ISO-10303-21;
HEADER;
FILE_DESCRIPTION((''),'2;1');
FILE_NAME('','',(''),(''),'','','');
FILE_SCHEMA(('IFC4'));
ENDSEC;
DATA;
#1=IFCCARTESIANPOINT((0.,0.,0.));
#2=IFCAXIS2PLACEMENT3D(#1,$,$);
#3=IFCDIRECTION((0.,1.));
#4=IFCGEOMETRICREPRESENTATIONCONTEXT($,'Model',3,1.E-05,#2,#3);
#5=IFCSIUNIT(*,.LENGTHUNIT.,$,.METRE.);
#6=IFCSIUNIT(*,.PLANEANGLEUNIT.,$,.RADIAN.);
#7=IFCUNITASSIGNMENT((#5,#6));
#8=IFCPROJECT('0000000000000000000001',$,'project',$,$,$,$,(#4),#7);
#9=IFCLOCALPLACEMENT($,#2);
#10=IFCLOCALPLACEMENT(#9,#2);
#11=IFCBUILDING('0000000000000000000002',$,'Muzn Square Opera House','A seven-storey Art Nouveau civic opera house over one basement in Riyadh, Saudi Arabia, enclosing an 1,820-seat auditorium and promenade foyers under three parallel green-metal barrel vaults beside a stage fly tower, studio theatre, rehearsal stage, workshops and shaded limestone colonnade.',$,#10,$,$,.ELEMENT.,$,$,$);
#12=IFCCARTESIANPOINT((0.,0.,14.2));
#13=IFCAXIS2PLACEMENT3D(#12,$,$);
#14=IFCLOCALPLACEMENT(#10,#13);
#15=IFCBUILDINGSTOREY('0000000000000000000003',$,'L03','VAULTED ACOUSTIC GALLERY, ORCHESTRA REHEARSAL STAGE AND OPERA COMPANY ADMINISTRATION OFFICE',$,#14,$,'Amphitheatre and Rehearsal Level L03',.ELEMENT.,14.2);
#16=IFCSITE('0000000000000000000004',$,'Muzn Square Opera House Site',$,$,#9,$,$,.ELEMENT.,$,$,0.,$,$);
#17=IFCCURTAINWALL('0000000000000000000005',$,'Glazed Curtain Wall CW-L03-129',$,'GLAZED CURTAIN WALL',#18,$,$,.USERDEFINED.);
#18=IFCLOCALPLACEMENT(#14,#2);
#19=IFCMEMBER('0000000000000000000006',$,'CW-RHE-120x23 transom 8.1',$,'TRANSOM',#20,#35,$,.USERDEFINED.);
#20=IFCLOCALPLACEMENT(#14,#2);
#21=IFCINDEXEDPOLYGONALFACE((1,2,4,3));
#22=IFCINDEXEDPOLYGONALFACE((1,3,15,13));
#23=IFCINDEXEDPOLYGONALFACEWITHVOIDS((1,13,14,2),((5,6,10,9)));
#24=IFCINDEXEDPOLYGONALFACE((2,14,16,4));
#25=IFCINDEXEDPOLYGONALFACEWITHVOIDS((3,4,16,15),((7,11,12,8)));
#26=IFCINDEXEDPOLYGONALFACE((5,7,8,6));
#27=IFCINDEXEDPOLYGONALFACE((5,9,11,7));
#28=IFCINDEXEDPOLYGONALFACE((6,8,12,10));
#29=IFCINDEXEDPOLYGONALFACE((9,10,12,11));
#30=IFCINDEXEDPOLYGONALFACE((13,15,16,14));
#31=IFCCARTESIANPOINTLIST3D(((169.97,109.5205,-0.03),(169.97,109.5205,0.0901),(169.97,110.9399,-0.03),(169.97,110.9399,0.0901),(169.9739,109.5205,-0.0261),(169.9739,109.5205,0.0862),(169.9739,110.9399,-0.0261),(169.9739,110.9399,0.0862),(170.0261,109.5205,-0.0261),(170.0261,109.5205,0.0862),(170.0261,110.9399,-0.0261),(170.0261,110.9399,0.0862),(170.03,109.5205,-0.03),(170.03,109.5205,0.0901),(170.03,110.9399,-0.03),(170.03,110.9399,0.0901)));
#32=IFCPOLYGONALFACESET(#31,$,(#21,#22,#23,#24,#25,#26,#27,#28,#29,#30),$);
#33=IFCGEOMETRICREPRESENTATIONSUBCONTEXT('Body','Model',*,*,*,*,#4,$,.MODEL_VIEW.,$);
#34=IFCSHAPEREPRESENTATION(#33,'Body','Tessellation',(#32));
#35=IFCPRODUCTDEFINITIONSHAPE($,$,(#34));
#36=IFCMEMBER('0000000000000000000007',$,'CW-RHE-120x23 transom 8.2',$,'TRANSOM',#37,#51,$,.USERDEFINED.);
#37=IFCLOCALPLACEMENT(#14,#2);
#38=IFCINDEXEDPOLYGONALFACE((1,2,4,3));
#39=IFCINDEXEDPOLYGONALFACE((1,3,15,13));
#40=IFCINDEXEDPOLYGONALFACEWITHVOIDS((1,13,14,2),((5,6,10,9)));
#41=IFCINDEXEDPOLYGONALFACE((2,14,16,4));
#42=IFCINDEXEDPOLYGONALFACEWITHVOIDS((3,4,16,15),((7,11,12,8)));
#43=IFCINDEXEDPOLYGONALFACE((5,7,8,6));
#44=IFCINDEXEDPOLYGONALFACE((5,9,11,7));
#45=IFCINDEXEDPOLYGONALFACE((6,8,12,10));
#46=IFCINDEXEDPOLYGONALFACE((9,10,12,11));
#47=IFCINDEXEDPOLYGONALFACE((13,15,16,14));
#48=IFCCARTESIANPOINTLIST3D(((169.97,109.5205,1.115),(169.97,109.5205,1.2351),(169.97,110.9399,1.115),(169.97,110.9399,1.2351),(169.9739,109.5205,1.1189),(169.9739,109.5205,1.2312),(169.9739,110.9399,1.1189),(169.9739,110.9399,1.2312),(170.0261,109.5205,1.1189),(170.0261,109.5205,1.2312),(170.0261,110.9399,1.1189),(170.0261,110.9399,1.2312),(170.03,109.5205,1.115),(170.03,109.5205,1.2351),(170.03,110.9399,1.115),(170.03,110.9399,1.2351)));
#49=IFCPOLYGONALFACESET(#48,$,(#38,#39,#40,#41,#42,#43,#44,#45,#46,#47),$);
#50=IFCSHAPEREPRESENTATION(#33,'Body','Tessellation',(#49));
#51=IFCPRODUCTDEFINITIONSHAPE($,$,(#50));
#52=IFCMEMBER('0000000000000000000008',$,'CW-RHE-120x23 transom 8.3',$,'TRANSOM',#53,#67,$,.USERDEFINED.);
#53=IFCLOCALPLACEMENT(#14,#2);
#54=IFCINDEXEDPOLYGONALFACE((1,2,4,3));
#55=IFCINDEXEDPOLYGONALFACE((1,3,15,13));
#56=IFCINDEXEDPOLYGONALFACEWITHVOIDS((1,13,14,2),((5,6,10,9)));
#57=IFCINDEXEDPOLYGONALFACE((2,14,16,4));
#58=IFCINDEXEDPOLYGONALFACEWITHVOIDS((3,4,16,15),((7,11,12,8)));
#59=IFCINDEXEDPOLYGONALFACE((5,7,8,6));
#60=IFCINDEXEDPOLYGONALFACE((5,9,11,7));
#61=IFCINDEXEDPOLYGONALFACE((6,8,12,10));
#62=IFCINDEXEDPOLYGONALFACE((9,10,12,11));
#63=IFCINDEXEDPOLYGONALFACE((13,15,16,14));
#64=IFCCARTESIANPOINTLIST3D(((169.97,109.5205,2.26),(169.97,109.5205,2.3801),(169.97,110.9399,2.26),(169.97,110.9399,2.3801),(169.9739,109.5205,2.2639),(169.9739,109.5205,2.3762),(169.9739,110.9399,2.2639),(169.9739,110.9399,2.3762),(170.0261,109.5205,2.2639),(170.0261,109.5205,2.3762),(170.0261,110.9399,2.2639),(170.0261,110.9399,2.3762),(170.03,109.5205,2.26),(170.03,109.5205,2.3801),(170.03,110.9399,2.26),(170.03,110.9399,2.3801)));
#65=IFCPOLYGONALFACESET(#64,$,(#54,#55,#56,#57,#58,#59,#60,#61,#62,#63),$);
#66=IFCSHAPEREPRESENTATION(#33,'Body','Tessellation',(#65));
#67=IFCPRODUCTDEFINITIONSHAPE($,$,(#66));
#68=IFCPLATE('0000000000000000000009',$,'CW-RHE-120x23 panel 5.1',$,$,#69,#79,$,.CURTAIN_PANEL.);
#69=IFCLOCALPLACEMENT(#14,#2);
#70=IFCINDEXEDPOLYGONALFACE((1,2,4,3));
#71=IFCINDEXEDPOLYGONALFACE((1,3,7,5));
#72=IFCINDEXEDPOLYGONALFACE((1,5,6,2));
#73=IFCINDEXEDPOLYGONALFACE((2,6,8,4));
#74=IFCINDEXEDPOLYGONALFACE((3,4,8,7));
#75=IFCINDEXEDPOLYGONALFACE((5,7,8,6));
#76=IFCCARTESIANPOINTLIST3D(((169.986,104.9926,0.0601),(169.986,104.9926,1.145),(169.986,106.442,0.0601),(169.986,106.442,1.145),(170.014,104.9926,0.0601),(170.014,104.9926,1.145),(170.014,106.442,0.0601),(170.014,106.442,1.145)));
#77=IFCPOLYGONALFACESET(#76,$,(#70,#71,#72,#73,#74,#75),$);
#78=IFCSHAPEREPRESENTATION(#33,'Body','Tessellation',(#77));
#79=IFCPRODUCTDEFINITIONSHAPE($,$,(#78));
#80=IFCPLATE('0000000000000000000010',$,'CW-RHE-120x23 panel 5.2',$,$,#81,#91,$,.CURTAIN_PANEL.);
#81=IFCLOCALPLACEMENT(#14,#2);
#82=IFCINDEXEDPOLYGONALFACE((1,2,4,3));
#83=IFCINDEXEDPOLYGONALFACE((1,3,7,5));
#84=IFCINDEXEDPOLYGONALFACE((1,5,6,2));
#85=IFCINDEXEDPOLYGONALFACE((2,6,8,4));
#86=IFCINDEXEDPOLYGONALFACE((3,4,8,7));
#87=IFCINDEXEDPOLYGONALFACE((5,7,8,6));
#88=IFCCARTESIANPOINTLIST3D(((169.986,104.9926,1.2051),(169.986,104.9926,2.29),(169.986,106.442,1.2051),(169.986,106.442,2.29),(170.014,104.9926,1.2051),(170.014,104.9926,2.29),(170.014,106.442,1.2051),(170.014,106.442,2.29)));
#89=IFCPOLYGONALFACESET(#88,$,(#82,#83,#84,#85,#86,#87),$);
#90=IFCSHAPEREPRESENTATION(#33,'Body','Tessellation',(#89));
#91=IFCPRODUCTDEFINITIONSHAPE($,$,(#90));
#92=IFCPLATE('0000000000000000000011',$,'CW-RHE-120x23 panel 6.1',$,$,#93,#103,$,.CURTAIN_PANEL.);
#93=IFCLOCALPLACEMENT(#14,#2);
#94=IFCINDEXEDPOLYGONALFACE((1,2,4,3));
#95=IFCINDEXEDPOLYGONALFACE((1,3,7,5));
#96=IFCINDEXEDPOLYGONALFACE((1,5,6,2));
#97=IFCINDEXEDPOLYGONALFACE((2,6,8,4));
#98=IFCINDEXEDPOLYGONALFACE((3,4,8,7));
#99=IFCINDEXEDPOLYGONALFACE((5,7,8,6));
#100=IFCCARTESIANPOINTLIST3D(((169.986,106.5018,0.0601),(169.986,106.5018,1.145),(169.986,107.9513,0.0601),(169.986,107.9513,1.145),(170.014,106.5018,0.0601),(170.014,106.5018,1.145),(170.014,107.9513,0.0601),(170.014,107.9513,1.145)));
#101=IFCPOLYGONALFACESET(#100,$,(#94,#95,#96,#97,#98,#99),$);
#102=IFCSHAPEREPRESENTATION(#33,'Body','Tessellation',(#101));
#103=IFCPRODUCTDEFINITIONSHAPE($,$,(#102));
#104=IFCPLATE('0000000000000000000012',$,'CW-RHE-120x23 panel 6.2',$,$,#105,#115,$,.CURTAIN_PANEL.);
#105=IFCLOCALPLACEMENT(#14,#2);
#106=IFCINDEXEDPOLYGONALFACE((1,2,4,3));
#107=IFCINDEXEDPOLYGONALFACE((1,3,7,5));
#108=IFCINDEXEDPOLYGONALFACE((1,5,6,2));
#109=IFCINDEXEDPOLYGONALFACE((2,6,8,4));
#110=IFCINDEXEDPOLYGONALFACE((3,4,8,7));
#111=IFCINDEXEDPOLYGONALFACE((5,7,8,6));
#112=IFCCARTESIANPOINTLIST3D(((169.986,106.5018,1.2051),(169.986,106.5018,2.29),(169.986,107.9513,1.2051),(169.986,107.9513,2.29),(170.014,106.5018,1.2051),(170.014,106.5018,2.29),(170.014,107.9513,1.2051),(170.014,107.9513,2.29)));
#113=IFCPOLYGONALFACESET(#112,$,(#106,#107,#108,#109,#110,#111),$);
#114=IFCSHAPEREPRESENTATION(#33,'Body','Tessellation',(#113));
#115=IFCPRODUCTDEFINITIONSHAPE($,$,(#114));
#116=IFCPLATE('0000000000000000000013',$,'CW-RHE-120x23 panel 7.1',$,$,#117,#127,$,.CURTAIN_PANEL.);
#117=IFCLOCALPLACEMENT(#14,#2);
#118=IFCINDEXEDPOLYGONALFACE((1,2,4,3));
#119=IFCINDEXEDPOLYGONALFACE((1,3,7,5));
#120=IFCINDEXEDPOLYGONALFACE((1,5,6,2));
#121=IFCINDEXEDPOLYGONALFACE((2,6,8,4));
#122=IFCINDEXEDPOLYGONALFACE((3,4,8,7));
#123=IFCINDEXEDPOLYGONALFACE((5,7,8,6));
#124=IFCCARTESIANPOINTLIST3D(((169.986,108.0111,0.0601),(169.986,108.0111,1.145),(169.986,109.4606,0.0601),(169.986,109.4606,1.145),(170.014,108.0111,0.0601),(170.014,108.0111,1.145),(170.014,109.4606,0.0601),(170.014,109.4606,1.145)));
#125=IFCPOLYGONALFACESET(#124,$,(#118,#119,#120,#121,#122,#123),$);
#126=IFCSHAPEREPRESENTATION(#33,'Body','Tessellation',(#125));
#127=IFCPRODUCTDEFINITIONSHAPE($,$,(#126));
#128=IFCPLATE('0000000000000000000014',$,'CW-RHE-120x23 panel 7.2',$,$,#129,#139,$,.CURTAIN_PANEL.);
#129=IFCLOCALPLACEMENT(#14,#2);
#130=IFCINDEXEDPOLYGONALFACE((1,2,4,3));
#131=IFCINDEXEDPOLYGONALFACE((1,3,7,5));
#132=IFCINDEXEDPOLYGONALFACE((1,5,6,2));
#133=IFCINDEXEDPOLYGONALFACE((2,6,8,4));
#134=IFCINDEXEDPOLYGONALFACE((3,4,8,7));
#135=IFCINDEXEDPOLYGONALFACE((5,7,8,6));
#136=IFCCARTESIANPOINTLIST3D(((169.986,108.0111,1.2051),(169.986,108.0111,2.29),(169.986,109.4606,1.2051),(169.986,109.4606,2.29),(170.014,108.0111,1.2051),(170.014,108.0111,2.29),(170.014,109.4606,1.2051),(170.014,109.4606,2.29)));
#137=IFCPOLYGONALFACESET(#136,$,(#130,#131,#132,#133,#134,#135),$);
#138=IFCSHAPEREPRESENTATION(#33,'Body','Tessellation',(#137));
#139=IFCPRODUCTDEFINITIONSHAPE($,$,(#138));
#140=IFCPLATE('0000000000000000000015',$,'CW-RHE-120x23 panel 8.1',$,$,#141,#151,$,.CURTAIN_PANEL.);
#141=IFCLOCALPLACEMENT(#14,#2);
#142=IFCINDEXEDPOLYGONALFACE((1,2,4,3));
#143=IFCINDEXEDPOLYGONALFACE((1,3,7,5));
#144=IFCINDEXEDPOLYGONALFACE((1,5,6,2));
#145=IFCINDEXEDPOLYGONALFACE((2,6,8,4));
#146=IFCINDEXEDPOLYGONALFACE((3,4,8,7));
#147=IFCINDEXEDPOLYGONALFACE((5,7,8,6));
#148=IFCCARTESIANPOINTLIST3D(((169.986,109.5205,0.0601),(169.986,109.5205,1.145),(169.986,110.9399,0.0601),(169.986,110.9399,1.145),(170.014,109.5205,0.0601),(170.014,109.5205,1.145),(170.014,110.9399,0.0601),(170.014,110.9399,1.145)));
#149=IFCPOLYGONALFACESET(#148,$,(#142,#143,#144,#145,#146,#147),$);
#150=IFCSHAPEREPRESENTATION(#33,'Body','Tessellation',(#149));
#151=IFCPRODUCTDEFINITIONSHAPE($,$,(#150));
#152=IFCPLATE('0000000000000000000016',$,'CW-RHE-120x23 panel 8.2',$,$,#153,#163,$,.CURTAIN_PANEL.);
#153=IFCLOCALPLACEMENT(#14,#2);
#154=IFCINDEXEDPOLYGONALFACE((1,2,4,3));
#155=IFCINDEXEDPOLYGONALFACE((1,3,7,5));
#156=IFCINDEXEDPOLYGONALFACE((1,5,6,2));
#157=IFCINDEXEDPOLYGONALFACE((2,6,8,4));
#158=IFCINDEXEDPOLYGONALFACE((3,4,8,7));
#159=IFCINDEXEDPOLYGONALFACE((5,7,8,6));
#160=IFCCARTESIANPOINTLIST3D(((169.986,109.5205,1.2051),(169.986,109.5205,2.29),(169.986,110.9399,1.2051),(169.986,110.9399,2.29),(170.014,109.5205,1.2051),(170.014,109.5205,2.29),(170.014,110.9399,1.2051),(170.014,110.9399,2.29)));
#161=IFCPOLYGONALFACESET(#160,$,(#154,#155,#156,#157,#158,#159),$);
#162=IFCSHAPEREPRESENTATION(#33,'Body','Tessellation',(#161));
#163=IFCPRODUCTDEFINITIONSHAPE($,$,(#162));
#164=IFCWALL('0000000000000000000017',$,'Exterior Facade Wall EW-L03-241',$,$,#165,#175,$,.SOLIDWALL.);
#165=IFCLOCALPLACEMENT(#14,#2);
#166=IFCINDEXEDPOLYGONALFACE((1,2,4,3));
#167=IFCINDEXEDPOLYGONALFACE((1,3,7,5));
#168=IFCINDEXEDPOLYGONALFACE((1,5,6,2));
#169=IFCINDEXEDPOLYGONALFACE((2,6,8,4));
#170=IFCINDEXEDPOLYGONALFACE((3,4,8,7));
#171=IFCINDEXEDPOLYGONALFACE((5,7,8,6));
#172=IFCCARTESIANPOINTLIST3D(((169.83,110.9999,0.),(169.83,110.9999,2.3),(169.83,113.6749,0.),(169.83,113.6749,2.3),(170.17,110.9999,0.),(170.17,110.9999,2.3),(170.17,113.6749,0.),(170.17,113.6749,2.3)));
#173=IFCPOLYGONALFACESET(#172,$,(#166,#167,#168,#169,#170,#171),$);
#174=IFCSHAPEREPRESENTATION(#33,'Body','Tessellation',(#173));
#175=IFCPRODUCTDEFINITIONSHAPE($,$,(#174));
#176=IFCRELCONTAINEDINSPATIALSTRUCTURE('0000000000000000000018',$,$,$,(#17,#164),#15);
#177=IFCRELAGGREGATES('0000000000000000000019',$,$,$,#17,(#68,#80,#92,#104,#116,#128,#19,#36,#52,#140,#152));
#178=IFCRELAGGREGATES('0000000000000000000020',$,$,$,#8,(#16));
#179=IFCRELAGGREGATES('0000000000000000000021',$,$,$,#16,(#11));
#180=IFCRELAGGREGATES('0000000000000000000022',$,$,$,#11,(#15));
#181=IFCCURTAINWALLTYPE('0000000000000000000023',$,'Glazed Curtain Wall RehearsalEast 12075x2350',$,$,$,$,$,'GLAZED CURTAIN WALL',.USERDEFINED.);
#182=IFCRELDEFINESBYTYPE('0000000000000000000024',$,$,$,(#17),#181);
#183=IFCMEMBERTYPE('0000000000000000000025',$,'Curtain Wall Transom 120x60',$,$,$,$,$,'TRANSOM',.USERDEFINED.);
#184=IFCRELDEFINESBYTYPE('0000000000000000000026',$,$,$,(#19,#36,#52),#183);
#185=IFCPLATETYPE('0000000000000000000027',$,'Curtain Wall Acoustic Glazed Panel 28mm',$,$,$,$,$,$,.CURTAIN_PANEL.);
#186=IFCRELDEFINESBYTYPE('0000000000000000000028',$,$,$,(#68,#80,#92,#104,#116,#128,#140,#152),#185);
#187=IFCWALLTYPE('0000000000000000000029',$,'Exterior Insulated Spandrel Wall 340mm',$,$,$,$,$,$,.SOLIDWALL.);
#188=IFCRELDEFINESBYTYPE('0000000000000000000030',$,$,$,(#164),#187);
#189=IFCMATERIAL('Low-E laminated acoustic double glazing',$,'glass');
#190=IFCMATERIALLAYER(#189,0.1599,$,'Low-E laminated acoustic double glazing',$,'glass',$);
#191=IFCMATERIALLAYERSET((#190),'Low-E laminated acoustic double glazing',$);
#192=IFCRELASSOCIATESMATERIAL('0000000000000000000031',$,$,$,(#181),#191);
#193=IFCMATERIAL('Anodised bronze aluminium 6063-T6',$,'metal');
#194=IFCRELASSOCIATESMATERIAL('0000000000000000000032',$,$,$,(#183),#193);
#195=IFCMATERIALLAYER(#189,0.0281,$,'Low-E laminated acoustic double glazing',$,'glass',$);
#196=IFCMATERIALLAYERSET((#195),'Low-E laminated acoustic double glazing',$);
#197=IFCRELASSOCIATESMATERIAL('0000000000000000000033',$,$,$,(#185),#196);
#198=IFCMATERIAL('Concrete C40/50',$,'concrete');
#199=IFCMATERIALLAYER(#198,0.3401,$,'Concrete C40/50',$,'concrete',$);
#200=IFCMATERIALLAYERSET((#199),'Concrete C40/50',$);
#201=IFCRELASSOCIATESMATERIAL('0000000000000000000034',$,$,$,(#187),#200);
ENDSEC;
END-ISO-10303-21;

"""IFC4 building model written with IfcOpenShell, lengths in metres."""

from ifc_helpers import new_model, si_unit, direction, frame, frame_2d, origin, origin_2d, place, context, subcontext, project, spatial, rectangle, hollow_rectangle, extrude, material, layer, layer_set, material_profile, profile_set, type_object, element, aggregate, save


model = new_model("IFC4")

# Units and contexts
model_context = context("Model", 3, precision=1e-05, world=origin(), true_north=direction((0.0, 1.0)))
body_context = subcontext(model_context, "Body", "Model", "MODEL_VIEW")
ifc_project = project(units=[si_unit("LENGTHUNIT", "METRE"), si_unit("PLANEANGLEUNIT", "RADIAN")], contexts=[model_context])

# Site, building, storey
site_placement = place(None, origin())
site = spatial("IfcSite", under=ifc_project, at=site_placement, Name="Muzn Square Opera House Site", CompositionType="ELEMENT", RefElevation=0.0)
building_placement = place(site_placement, origin())
building = spatial("IfcBuilding", under=site, at=building_placement, Name="Muzn Square Opera House", Description="A seven-storey Art Nouveau civic opera house over one basement in Riyadh, Saudi Arabia, enclosing an 1,820-seat auditorium and promenade foyers under three parallel green-metal barrel vaults beside a stage fly tower, studio theatre, rehearsal stage, workshops and shaded limestone colonnade.", CompositionType="ELEMENT")
storey_placement = place(building_placement, frame((0.0, 0.0, 14.2)))
storey = spatial("IfcBuildingStorey", under=building, at=storey_placement, Name="L03", Description="VAULTED ACOUSTIC GALLERY, ORCHESTRA REHEARSAL STAGE AND OPERA COMPANY ADMINISTRATION OFFICE", LongName="Amphitheatre and Rehearsal Level L03", CompositionType="ELEMENT", Elevation=14.2)

# Curtain wall, members, plates
ifc_material_1 = material(Name="Low-E laminated acoustic double glazing", Category="glass")
ifc_layer_1 = layer(ifc_material_1, 0.1599, Name="Low-E laminated acoustic double glazing", Category="glass")
ifc_layer_set_1 = layer_set([ifc_layer_1], Name="Low-E laminated acoustic double glazing")
curtain_wall_type = type_object("IfcCurtainWallType", Name="Glazed Curtain Wall RehearsalEast 12075x2350", ElementType="GLAZED CURTAIN WALL", PredefinedType="USERDEFINED", material=ifc_layer_set_1)
curtain_wall_placement = place(storey_placement, origin())
curtain_wall = element("IfcCurtainWall", 1, at=curtain_wall_placement, inside=storey, type_object=curtain_wall_type, Name="Glazed Curtain Wall CW-L03-129", ObjectType="GLAZED CURTAIN WALL", PredefinedType="USERDEFINED")
ifc_material_2 = material(Name="Anodised bronze aluminium 6063-T6", Category="metal")
ifc_material_profile_1 = material_profile(ifc_material_2, hollow_rectangle(XDim=0.0601, YDim=0.1201, WallThickness=0.0039, at=origin_2d()), Name="ALU 120x60x4", Category="metal")
ifc_profile_set_1 = profile_set([ifc_material_profile_1], Name="Anodised bronze aluminium 6063-T6")
member_type_1 = type_object("IfcMemberType", Name="Curtain Wall Transom 120x60", ElementType="TRANSOM", PredefinedType="USERDEFINED", material=ifc_profile_set_1)
member_1_placement = place(storey_placement, frame((170.0, 109.5205, 0.03), z_axis=(0.0, 1.0, 0.0), x_axis=(-1.0, 0.0, 0.0)))
member_1 = element("IfcMember", 2, at=member_1_placement, type_object=member_type_1, Name="CW-RHE-120x23 transom 8.1", ObjectType="TRANSOM", PredefinedType="USERDEFINED", context=body_context, shape_type="SweptSolid", body=[
    extrude(hollow_rectangle(XDim=0.0601, YDim=0.1201, WallThickness=0.0039, at=origin_2d()), origin(), (0.0, 0.0, 1.0), 1.4194),
])
member_2_placement = place(storey_placement, frame((170.0, 109.5205, 1.175), z_axis=(0.0, 1.0, 0.0), x_axis=(-1.0, 0.0, 0.0)))
member_2 = element("IfcMember", 3, at=member_2_placement, type_object=member_type_1, Name="CW-RHE-120x23 transom 8.2", ObjectType="TRANSOM", PredefinedType="USERDEFINED", context=body_context, shape_type="SweptSolid", body=[
    extrude(hollow_rectangle(XDim=0.0601, YDim=0.1201, WallThickness=0.0039, at=origin_2d()), origin(), (0.0, 0.0, 1.0), 1.4194),
])
member_3_placement = place(storey_placement, frame((170.0, 109.5205, 2.3201), z_axis=(0.0, 1.0, 0.0), x_axis=(-1.0, 0.0, 0.0)))
member_3 = element("IfcMember", 4, at=member_3_placement, type_object=member_type_1, Name="CW-RHE-120x23 transom 8.3", ObjectType="TRANSOM", PredefinedType="USERDEFINED", context=body_context, shape_type="SweptSolid", body=[
    extrude(hollow_rectangle(XDim=0.0601, YDim=0.1201, WallThickness=0.0039, at=origin_2d()), origin(), (0.0, 0.0, 1.0), 1.4194),
])
ifc_layer_2 = layer(ifc_material_1, 0.0281, Name="Low-E laminated acoustic double glazing", Category="glass")
ifc_layer_set_2 = layer_set([ifc_layer_2], Name="Low-E laminated acoustic double glazing")
plate_type = type_object("IfcPlateType", Name="Curtain Wall Acoustic Glazed Panel 28mm", PredefinedType="CURTAIN_PANEL", material=ifc_layer_set_2)
plate_1_placement = place(storey_placement, frame((170.0, 105.7173, 0.0601), z_axis=(0.0, 0.0, 1.0), x_axis=(0.0, 1.0, 0.0)))
plate_1 = element("IfcPlate", 5, at=plate_1_placement, type_object=plate_type, Name="CW-RHE-120x23 panel 5.1", PredefinedType="CURTAIN_PANEL", context=body_context, shape_type="SweptSolid", body=[
    extrude(rectangle(XDim=1.4495, YDim=0.0281, at=origin_2d()), origin(), (0.0, 0.0, 1.0), 1.085),
])
plate_2_placement = place(storey_placement, frame((170.0, 105.7173, 1.2051), z_axis=(0.0, 0.0, 1.0), x_axis=(0.0, 1.0, 0.0)))
plate_2 = element("IfcPlate", 6, at=plate_2_placement, type_object=plate_type, Name="CW-RHE-120x23 panel 5.2", PredefinedType="CURTAIN_PANEL", context=body_context, shape_type="SweptSolid", body=[
    extrude(rectangle(XDim=1.4495, YDim=0.0281, at=origin_2d()), origin(), (0.0, 0.0, 1.0), 1.085),
])
plate_3_placement = place(storey_placement, frame((170.0, 107.2266, 0.0601), z_axis=(0.0, 0.0, 1.0), x_axis=(0.0, 1.0, 0.0)))
plate_3 = element("IfcPlate", 7, at=plate_3_placement, type_object=plate_type, Name="CW-RHE-120x23 panel 6.1", PredefinedType="CURTAIN_PANEL", context=body_context, shape_type="SweptSolid", body=[
    extrude(rectangle(XDim=1.4495, YDim=0.0281, at=origin_2d()), origin(), (0.0, 0.0, 1.0), 1.085),
])
plate_4_placement = place(storey_placement, frame((170.0, 107.2266, 1.2051), z_axis=(0.0, 0.0, 1.0), x_axis=(0.0, 1.0, 0.0)))
plate_4 = element("IfcPlate", 8, at=plate_4_placement, type_object=plate_type, Name="CW-RHE-120x23 panel 6.2", PredefinedType="CURTAIN_PANEL", context=body_context, shape_type="SweptSolid", body=[
    extrude(rectangle(XDim=1.4495, YDim=0.0281, at=origin_2d()), origin(), (0.0, 0.0, 1.0), 1.085),
])
plate_5_placement = place(storey_placement, frame((170.0, 108.7358, 0.0601), z_axis=(0.0, 0.0, 1.0), x_axis=(0.0, 1.0, 0.0)))
plate_5 = element("IfcPlate", 9, at=plate_5_placement, type_object=plate_type, Name="CW-RHE-120x23 panel 7.1", PredefinedType="CURTAIN_PANEL", context=body_context, shape_type="SweptSolid", body=[
    extrude(rectangle(XDim=1.4495, YDim=0.0281, at=origin_2d()), origin(), (0.0, 0.0, 1.0), 1.085),
])
plate_6_placement = place(storey_placement, frame((170.0, 108.7358, 1.2051), z_axis=(0.0, 0.0, 1.0), x_axis=(0.0, 1.0, 0.0)))
plate_6 = element("IfcPlate", 10, at=plate_6_placement, type_object=plate_type, Name="CW-RHE-120x23 panel 7.2", PredefinedType="CURTAIN_PANEL", context=body_context, shape_type="SweptSolid", body=[
    extrude(rectangle(XDim=1.4495, YDim=0.0281, at=origin_2d()), origin(), (0.0, 0.0, 1.0), 1.085),
])
plate_7_placement = place(storey_placement, frame((170.0, 110.2302, 0.0601), z_axis=(0.0, 0.0, 1.0), x_axis=(0.0, 1.0, 0.0)))
plate_7 = element("IfcPlate", 11, at=plate_7_placement, type_object=plate_type, Name="CW-RHE-120x23 panel 8.1", PredefinedType="CURTAIN_PANEL", context=body_context, shape_type="SweptSolid", body=[
    extrude(rectangle(XDim=1.4194, YDim=0.0281, at=origin_2d()), origin(), (0.0, 0.0, 1.0), 1.085),
])
plate_8_placement = place(storey_placement, frame((170.0, 110.2302, 1.2051), z_axis=(0.0, 0.0, 1.0), x_axis=(0.0, 1.0, 0.0)))
plate_8 = element("IfcPlate", 12, at=plate_8_placement, type_object=plate_type, Name="CW-RHE-120x23 panel 8.2", PredefinedType="CURTAIN_PANEL", context=body_context, shape_type="SweptSolid", body=[
    extrude(rectangle(XDim=1.4194, YDim=0.0281, at=origin_2d()), origin(), (0.0, 0.0, 1.0), 1.085),
])
aggregate(curtain_wall, [plate_1, plate_2, plate_3, plate_4, plate_5, plate_6, member_1, member_2, member_3, plate_7, plate_8])

# Wall
ifc_material_3 = material(Name="Concrete C40/50", Category="concrete")
ifc_layer_3 = layer(ifc_material_3, 0.3401, Name="Concrete C40/50", Category="concrete")
ifc_layer_set_3 = layer_set([ifc_layer_3], Name="Concrete C40/50")
wall_type = type_object("IfcWallType", Name="Exterior Insulated Spandrel Wall 340mm", PredefinedType="SOLIDWALL", material=ifc_layer_set_3)
wall_placement = place(storey_placement, frame((170.0, 111.0, 0.0), z_axis=(0.0, 0.0, 1.0), x_axis=(0.0, 1.0, 0.0)))
element("IfcWall", 13, at=wall_placement, inside=storey, type_object=wall_type, Name="Exterior Facade Wall EW-L03-241", PredefinedType="SOLIDWALL", context=body_context, shape_type="SweptSolid", body=[
    extrude(rectangle(XDim=2.675, YDim=0.3401, at=frame_2d((1.3374, 0.0))), origin(), (0.0, 0.0, 1.0), 2.3),
])

save(model, "model.ifc")
